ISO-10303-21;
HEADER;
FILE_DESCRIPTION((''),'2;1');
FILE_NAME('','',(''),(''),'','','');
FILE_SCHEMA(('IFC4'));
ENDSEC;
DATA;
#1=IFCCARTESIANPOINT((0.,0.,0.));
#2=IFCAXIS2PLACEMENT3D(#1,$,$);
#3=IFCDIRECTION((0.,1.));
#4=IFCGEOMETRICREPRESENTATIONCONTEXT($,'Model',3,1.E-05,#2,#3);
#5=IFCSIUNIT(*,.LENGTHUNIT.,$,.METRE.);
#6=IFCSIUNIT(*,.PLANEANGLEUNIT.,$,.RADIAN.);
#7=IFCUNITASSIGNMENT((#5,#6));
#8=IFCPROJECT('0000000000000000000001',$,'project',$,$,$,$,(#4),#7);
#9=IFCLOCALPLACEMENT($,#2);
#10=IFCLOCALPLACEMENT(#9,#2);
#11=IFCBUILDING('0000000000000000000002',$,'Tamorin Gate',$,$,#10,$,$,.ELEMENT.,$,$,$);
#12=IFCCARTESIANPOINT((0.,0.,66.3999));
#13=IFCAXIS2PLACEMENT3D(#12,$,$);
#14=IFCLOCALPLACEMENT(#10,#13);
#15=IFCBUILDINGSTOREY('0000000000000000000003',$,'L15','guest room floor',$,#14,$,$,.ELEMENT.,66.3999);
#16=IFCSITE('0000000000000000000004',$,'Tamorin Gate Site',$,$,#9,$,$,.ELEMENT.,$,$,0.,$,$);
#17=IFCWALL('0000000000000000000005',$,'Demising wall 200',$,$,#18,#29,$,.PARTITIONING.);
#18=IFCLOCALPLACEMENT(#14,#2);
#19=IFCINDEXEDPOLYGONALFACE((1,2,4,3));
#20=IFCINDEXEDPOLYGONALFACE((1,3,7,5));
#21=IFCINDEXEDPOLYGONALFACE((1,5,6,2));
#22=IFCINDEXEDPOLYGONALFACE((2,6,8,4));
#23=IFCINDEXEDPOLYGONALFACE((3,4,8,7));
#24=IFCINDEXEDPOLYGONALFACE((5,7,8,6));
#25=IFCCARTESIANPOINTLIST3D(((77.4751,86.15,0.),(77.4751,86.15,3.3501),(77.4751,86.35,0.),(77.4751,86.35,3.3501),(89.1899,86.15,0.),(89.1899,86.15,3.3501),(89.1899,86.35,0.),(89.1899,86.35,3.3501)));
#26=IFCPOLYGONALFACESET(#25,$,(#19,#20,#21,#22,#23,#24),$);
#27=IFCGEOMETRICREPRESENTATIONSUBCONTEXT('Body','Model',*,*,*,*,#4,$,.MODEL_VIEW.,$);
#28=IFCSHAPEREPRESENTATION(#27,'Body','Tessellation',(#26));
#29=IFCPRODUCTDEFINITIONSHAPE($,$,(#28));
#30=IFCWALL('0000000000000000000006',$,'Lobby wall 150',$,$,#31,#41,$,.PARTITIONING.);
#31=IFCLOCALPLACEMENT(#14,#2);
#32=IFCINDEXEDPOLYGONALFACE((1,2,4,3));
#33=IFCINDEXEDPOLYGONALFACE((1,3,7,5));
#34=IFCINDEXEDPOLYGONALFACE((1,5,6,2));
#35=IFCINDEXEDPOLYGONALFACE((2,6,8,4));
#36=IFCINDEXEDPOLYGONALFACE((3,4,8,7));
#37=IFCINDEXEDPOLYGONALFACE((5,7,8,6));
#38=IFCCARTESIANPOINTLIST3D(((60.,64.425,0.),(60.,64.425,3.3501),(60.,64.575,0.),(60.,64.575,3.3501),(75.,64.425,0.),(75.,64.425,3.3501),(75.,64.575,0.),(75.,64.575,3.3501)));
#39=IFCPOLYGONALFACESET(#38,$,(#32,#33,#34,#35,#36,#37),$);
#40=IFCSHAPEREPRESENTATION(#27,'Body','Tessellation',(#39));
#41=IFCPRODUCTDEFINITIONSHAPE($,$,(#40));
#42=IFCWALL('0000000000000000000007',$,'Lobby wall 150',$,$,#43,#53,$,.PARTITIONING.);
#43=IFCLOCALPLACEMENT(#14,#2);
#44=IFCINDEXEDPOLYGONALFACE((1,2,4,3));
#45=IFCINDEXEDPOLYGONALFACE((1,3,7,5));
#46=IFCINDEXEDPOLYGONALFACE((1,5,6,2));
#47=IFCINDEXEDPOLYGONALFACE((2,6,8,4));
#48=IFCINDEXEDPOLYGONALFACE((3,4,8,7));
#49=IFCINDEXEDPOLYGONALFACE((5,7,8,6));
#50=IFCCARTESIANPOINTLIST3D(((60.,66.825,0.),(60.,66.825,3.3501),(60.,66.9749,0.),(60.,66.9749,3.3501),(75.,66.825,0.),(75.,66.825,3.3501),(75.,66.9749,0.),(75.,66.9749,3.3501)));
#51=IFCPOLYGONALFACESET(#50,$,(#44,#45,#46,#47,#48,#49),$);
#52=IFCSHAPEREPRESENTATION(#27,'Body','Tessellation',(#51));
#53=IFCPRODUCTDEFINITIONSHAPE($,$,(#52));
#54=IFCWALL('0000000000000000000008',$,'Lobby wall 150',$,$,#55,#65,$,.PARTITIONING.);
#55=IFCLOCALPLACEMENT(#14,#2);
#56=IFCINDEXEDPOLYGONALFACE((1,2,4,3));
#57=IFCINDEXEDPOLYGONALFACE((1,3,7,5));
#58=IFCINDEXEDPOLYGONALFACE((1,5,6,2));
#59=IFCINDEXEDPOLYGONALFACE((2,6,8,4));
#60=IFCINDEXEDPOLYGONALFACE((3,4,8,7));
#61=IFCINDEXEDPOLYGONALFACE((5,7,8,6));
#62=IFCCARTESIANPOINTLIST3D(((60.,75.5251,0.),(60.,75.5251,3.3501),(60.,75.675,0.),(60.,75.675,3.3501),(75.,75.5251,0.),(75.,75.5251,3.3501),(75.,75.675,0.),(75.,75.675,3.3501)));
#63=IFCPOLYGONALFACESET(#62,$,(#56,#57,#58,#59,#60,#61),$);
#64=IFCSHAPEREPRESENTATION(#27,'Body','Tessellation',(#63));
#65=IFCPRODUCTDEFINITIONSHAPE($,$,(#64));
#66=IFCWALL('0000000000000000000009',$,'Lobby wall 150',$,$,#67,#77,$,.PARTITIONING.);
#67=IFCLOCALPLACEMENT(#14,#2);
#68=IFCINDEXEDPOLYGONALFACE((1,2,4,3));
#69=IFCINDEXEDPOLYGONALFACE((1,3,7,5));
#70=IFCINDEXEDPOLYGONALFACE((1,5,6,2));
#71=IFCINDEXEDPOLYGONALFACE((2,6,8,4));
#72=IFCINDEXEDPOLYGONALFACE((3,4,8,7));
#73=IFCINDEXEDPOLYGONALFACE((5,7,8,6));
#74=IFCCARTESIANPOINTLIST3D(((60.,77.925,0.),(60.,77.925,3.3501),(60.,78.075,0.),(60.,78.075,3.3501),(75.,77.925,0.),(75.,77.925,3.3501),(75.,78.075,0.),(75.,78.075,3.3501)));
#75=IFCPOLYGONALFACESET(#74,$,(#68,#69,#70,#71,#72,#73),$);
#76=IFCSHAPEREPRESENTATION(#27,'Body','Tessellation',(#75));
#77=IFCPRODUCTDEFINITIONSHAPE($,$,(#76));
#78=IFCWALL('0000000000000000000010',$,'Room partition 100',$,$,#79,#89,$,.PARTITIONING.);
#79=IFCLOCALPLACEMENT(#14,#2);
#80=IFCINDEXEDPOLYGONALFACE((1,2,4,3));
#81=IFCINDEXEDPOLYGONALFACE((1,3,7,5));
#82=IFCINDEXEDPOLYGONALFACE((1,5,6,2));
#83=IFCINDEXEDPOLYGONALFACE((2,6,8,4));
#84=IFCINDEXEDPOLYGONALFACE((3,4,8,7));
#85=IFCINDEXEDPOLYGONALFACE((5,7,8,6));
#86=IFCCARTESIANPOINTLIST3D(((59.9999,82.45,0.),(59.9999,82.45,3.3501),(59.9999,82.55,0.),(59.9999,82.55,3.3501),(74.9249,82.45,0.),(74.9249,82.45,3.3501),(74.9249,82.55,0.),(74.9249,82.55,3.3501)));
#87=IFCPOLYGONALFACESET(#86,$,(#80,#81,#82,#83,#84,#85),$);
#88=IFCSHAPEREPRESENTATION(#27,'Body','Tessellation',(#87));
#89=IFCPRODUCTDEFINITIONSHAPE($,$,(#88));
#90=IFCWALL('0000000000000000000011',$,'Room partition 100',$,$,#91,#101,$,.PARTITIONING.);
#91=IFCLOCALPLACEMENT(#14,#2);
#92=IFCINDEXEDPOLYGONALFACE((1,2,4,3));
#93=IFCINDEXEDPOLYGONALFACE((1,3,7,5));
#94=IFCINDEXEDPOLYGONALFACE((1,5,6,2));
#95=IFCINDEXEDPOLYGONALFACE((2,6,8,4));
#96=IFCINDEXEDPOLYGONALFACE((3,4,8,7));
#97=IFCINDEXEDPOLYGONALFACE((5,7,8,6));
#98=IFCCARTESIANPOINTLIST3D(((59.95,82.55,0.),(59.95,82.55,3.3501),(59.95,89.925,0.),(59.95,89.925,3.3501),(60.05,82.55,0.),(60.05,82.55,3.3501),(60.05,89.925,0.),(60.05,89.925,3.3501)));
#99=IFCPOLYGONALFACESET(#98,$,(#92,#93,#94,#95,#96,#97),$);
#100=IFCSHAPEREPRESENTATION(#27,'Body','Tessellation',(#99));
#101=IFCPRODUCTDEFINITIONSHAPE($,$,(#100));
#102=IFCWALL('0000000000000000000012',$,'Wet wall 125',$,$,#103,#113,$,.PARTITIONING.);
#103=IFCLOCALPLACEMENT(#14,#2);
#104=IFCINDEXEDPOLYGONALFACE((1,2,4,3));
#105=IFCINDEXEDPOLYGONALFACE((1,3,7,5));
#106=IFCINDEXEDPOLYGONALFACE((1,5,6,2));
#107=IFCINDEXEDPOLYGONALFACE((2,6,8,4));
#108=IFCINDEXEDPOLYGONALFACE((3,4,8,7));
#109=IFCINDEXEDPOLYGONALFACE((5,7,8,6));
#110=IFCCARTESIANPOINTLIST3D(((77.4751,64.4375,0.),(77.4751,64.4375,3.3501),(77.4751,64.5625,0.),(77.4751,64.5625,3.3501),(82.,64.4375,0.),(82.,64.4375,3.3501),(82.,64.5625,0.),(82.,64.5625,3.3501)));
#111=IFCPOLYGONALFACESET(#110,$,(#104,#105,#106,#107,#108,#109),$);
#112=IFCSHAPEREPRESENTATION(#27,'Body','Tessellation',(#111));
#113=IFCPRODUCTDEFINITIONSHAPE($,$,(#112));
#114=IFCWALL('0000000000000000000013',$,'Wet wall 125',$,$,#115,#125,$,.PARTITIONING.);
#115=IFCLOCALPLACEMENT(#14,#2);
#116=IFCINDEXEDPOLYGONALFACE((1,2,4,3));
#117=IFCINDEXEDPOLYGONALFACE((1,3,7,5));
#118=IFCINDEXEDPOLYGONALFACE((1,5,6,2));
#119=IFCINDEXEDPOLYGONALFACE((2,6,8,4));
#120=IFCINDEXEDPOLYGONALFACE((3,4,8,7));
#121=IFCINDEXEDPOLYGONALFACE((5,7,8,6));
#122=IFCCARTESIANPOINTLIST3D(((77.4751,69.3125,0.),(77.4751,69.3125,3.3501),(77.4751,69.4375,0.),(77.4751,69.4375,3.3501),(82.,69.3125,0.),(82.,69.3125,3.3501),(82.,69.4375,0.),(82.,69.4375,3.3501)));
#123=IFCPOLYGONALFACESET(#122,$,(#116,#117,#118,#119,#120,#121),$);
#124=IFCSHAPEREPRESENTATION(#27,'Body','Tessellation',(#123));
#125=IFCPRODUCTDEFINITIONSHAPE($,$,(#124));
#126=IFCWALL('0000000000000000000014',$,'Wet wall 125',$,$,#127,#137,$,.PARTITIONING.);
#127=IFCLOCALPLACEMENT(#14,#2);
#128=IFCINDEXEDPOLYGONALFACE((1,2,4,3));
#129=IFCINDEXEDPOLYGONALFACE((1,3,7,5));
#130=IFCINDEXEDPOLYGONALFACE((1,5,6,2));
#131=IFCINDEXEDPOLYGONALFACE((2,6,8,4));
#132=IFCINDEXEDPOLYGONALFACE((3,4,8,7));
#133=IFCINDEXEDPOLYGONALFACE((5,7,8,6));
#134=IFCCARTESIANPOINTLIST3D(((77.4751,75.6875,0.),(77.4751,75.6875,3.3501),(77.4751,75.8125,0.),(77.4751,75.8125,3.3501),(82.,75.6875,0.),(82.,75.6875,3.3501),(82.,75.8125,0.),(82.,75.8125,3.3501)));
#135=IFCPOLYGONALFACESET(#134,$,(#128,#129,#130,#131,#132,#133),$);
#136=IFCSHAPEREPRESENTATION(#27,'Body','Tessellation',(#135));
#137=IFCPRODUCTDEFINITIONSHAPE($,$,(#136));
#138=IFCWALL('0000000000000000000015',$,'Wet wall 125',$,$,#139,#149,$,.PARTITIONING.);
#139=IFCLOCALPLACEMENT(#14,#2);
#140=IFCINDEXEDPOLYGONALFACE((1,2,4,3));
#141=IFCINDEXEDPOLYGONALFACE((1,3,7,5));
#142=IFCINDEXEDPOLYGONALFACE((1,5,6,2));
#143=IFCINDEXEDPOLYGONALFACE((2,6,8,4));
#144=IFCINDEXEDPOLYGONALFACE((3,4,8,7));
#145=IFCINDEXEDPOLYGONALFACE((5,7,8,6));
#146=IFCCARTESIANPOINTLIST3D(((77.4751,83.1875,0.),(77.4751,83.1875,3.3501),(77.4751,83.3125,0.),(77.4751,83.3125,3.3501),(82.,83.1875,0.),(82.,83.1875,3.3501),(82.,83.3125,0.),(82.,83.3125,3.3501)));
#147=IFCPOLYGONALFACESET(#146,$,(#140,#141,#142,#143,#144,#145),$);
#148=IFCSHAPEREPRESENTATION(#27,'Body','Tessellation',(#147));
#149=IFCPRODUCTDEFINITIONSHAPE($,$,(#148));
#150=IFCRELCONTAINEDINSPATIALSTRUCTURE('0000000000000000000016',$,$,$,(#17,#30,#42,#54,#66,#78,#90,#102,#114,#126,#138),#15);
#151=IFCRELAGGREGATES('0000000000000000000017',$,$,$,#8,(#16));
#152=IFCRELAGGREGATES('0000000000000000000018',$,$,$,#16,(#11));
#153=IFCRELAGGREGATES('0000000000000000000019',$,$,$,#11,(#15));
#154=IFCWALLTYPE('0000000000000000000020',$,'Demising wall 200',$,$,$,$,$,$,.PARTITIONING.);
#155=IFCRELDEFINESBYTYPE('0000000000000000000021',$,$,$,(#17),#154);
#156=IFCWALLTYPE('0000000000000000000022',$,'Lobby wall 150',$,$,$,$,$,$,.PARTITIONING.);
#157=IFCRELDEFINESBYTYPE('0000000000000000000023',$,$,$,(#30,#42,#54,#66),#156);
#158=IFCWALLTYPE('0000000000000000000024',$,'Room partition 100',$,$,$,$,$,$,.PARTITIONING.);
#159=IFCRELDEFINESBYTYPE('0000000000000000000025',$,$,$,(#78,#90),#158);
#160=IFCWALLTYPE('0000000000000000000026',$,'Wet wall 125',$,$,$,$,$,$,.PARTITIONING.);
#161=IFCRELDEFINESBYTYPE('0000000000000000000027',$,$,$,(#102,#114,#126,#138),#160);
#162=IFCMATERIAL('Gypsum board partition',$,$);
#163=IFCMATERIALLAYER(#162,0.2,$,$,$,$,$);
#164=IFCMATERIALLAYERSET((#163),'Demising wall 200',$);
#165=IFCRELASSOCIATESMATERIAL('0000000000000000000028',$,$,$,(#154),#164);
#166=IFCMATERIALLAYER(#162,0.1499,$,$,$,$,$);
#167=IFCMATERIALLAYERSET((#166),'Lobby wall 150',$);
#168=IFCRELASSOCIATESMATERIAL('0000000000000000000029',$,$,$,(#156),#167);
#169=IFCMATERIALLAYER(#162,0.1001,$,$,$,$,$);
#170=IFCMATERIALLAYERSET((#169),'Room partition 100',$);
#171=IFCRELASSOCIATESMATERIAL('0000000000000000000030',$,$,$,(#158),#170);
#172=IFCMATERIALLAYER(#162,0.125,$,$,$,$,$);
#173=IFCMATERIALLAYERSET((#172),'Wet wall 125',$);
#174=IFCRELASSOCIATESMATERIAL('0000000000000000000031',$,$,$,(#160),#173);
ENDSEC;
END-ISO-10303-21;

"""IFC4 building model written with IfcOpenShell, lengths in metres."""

from ifc_helpers import new_model, si_unit, direction, frame, frame_2d, origin, place, context, subcontext, project, spatial, rectangle, extrude, material, layer, layer_set, type_object, element, save


model = new_model("IFC4")

# Units and contexts
model_context = context("Model", 3, precision=1e-05, world=origin(), true_north=direction((0.0, 1.0)))
body_context = subcontext(model_context, "Body", "Model", "MODEL_VIEW")
ifc_project = project(units=[si_unit("LENGTHUNIT", "METRE"), si_unit("PLANEANGLEUNIT", "RADIAN")], contexts=[model_context])

# Site, building, storey
site_placement = place(None, origin())
site = spatial("IfcSite", under=ifc_project, at=site_placement, Name="Tamorin Gate Site", CompositionType="ELEMENT", RefElevation=0.0)
building_placement = place(site_placement, origin())
building = spatial("IfcBuilding", under=site, at=building_placement, Name="Tamorin Gate", CompositionType="ELEMENT")
storey_placement = place(building_placement, frame((0.0, 0.0, 66.3999)))
storey = spatial("IfcBuildingStorey", under=building, at=storey_placement, Name="L15", Description="guest room floor", CompositionType="ELEMENT", Elevation=66.3999)

# Shared definitions
ifc_material_1 = material(Name="Gypsum board partition")

# Walls
ifc_layer_1 = layer(ifc_material_1, 0.2)
ifc_layer_set_1 = layer_set([ifc_layer_1], Name="Demising wall 200")
wall_type_1 = type_object("IfcWallType", Name="Demising wall 200", PredefinedType="PARTITIONING", material=ifc_layer_set_1)
for number, where, z_axis, x_axis, name in (
    (1, (77.4751, 86.25, 0.0), (0.0, 0.0, 1.0), (1.0, 0.0, 0.0), "Demising wall 200"),
):
    element("IfcWall", number, at=place(storey_placement, frame(where, z_axis=z_axis, x_axis=x_axis)), inside=storey, type_object=wall_type_1, Name=name, PredefinedType="PARTITIONING", context=body_context, shape_type="SweptSolid", body=[
        extrude(rectangle(XDim=11.7148, YDim=0.2, at=frame_2d((5.8574, 0.0))), origin(), (0.0, 0.0, 1.0), 3.3501),
    ])
ifc_layer_2 = layer(ifc_material_1, 0.1499)
ifc_layer_set_2 = layer_set([ifc_layer_2], Name="Lobby wall 150")
wall_type_2 = type_object("IfcWallType", Name="Lobby wall 150", PredefinedType="PARTITIONING", material=ifc_layer_set_2)
for number, where, z_axis, x_axis, name in (
    (2, (60.0, 64.5, 0.0), (0.0, 0.0, 1.0), (1.0, 0.0, 0.0), "Lobby wall 150"),
    (3, (60.0, 66.8999, 0.0), (0.0, 0.0, 1.0), (1.0, 0.0, 0.0), "Lobby wall 150"),
    (4, (60.0, 75.6001, 0.0), (0.0, 0.0, 1.0), (1.0, 0.0, 0.0), "Lobby wall 150"),
    (5, (60.0, 78.0, 0.0), (0.0, 0.0, 1.0), (1.0, 0.0, 0.0), "Lobby wall 150"),
):
    element("IfcWall", number, at=place(storey_placement, frame(where, z_axis=z_axis, x_axis=x_axis)), inside=storey, type_object=wall_type_2, Name=name, PredefinedType="PARTITIONING", context=body_context, shape_type="SweptSolid", body=[
        extrude(rectangle(XDim=15.0, YDim=0.1499, at=frame_2d((7.5, 0.0))), origin(), (0.0, 0.0, 1.0), 3.3501),
    ])
ifc_layer_3 = layer(ifc_material_1, 0.1001)
ifc_layer_set_3 = layer_set([ifc_layer_3], Name="Room partition 100")
wall_type_3 = type_object("IfcWallType", Name="Room partition 100", PredefinedType="PARTITIONING", material=ifc_layer_set_3)
wall_1_placement = place(storey_placement, frame((60.0, 82.5, 0.0), z_axis=(0.0, 0.0, 1.0), x_axis=(1.0, 0.0, 0.0)))
element("IfcWall", 6, at=wall_1_placement, inside=storey, type_object=wall_type_3, Name="Room partition 100", PredefinedType="PARTITIONING", context=body_context, shape_type="SweptSolid", body=[
    extrude(rectangle(XDim=14.925, YDim=0.1001, at=frame_2d((7.4624, 0.0))), origin(), (0.0, 0.0, 1.0), 3.3501),
])
wall_2_placement = place(storey_placement, frame((60.0, 82.55, 0.0), z_axis=(0.0, 0.0, 1.0), x_axis=(0.0, 1.0, 0.0)))
element("IfcWall", 7, at=wall_2_placement, inside=storey, type_object=wall_type_3, Name="Room partition 100", PredefinedType="PARTITIONING", context=body_context, shape_type="SweptSolid", body=[
    extrude(rectangle(XDim=7.375, YDim=0.1001, at=frame_2d((3.6875, 0.0))), origin(), (0.0, 0.0, 1.0), 3.3501),
])
ifc_layer_4 = layer(ifc_material_1, 0.125)
ifc_layer_set_4 = layer_set([ifc_layer_4], Name="Wet wall 125")
wall_type_4 = type_object("IfcWallType", Name="Wet wall 125", PredefinedType="PARTITIONING", material=ifc_layer_set_4)
for number, where, z_axis, x_axis, name in (
    (8, (77.4751, 64.5, 0.0), (0.0, 0.0, 1.0), (1.0, 0.0, 0.0), "Wet wall 125"),
    (9, (77.4751, 69.375, 0.0), (0.0, 0.0, 1.0), (1.0, 0.0, 0.0), "Wet wall 125"),
    (10, (77.4751, 75.75, 0.0), (0.0, 0.0, 1.0), (1.0, 0.0, 0.0), "Wet wall 125"),
    (11, (77.4751, 83.25, 0.0), (0.0, 0.0, 1.0), (1.0, 0.0, 0.0), "Wet wall 125"),
):
    element("IfcWall", number, at=place(storey_placement, frame(where, z_axis=z_axis, x_axis=x_axis)), inside=storey, type_object=wall_type_4, Name=name, PredefinedType="PARTITIONING", context=body_context, shape_type="SweptSolid", body=[
        extrude(rectangle(XDim=4.5249, YDim=0.125, at=frame_2d((2.2625, 0.0))), origin(), (0.0, 0.0, 1.0), 3.3501),
    ])

save(model, "model.ifc")
